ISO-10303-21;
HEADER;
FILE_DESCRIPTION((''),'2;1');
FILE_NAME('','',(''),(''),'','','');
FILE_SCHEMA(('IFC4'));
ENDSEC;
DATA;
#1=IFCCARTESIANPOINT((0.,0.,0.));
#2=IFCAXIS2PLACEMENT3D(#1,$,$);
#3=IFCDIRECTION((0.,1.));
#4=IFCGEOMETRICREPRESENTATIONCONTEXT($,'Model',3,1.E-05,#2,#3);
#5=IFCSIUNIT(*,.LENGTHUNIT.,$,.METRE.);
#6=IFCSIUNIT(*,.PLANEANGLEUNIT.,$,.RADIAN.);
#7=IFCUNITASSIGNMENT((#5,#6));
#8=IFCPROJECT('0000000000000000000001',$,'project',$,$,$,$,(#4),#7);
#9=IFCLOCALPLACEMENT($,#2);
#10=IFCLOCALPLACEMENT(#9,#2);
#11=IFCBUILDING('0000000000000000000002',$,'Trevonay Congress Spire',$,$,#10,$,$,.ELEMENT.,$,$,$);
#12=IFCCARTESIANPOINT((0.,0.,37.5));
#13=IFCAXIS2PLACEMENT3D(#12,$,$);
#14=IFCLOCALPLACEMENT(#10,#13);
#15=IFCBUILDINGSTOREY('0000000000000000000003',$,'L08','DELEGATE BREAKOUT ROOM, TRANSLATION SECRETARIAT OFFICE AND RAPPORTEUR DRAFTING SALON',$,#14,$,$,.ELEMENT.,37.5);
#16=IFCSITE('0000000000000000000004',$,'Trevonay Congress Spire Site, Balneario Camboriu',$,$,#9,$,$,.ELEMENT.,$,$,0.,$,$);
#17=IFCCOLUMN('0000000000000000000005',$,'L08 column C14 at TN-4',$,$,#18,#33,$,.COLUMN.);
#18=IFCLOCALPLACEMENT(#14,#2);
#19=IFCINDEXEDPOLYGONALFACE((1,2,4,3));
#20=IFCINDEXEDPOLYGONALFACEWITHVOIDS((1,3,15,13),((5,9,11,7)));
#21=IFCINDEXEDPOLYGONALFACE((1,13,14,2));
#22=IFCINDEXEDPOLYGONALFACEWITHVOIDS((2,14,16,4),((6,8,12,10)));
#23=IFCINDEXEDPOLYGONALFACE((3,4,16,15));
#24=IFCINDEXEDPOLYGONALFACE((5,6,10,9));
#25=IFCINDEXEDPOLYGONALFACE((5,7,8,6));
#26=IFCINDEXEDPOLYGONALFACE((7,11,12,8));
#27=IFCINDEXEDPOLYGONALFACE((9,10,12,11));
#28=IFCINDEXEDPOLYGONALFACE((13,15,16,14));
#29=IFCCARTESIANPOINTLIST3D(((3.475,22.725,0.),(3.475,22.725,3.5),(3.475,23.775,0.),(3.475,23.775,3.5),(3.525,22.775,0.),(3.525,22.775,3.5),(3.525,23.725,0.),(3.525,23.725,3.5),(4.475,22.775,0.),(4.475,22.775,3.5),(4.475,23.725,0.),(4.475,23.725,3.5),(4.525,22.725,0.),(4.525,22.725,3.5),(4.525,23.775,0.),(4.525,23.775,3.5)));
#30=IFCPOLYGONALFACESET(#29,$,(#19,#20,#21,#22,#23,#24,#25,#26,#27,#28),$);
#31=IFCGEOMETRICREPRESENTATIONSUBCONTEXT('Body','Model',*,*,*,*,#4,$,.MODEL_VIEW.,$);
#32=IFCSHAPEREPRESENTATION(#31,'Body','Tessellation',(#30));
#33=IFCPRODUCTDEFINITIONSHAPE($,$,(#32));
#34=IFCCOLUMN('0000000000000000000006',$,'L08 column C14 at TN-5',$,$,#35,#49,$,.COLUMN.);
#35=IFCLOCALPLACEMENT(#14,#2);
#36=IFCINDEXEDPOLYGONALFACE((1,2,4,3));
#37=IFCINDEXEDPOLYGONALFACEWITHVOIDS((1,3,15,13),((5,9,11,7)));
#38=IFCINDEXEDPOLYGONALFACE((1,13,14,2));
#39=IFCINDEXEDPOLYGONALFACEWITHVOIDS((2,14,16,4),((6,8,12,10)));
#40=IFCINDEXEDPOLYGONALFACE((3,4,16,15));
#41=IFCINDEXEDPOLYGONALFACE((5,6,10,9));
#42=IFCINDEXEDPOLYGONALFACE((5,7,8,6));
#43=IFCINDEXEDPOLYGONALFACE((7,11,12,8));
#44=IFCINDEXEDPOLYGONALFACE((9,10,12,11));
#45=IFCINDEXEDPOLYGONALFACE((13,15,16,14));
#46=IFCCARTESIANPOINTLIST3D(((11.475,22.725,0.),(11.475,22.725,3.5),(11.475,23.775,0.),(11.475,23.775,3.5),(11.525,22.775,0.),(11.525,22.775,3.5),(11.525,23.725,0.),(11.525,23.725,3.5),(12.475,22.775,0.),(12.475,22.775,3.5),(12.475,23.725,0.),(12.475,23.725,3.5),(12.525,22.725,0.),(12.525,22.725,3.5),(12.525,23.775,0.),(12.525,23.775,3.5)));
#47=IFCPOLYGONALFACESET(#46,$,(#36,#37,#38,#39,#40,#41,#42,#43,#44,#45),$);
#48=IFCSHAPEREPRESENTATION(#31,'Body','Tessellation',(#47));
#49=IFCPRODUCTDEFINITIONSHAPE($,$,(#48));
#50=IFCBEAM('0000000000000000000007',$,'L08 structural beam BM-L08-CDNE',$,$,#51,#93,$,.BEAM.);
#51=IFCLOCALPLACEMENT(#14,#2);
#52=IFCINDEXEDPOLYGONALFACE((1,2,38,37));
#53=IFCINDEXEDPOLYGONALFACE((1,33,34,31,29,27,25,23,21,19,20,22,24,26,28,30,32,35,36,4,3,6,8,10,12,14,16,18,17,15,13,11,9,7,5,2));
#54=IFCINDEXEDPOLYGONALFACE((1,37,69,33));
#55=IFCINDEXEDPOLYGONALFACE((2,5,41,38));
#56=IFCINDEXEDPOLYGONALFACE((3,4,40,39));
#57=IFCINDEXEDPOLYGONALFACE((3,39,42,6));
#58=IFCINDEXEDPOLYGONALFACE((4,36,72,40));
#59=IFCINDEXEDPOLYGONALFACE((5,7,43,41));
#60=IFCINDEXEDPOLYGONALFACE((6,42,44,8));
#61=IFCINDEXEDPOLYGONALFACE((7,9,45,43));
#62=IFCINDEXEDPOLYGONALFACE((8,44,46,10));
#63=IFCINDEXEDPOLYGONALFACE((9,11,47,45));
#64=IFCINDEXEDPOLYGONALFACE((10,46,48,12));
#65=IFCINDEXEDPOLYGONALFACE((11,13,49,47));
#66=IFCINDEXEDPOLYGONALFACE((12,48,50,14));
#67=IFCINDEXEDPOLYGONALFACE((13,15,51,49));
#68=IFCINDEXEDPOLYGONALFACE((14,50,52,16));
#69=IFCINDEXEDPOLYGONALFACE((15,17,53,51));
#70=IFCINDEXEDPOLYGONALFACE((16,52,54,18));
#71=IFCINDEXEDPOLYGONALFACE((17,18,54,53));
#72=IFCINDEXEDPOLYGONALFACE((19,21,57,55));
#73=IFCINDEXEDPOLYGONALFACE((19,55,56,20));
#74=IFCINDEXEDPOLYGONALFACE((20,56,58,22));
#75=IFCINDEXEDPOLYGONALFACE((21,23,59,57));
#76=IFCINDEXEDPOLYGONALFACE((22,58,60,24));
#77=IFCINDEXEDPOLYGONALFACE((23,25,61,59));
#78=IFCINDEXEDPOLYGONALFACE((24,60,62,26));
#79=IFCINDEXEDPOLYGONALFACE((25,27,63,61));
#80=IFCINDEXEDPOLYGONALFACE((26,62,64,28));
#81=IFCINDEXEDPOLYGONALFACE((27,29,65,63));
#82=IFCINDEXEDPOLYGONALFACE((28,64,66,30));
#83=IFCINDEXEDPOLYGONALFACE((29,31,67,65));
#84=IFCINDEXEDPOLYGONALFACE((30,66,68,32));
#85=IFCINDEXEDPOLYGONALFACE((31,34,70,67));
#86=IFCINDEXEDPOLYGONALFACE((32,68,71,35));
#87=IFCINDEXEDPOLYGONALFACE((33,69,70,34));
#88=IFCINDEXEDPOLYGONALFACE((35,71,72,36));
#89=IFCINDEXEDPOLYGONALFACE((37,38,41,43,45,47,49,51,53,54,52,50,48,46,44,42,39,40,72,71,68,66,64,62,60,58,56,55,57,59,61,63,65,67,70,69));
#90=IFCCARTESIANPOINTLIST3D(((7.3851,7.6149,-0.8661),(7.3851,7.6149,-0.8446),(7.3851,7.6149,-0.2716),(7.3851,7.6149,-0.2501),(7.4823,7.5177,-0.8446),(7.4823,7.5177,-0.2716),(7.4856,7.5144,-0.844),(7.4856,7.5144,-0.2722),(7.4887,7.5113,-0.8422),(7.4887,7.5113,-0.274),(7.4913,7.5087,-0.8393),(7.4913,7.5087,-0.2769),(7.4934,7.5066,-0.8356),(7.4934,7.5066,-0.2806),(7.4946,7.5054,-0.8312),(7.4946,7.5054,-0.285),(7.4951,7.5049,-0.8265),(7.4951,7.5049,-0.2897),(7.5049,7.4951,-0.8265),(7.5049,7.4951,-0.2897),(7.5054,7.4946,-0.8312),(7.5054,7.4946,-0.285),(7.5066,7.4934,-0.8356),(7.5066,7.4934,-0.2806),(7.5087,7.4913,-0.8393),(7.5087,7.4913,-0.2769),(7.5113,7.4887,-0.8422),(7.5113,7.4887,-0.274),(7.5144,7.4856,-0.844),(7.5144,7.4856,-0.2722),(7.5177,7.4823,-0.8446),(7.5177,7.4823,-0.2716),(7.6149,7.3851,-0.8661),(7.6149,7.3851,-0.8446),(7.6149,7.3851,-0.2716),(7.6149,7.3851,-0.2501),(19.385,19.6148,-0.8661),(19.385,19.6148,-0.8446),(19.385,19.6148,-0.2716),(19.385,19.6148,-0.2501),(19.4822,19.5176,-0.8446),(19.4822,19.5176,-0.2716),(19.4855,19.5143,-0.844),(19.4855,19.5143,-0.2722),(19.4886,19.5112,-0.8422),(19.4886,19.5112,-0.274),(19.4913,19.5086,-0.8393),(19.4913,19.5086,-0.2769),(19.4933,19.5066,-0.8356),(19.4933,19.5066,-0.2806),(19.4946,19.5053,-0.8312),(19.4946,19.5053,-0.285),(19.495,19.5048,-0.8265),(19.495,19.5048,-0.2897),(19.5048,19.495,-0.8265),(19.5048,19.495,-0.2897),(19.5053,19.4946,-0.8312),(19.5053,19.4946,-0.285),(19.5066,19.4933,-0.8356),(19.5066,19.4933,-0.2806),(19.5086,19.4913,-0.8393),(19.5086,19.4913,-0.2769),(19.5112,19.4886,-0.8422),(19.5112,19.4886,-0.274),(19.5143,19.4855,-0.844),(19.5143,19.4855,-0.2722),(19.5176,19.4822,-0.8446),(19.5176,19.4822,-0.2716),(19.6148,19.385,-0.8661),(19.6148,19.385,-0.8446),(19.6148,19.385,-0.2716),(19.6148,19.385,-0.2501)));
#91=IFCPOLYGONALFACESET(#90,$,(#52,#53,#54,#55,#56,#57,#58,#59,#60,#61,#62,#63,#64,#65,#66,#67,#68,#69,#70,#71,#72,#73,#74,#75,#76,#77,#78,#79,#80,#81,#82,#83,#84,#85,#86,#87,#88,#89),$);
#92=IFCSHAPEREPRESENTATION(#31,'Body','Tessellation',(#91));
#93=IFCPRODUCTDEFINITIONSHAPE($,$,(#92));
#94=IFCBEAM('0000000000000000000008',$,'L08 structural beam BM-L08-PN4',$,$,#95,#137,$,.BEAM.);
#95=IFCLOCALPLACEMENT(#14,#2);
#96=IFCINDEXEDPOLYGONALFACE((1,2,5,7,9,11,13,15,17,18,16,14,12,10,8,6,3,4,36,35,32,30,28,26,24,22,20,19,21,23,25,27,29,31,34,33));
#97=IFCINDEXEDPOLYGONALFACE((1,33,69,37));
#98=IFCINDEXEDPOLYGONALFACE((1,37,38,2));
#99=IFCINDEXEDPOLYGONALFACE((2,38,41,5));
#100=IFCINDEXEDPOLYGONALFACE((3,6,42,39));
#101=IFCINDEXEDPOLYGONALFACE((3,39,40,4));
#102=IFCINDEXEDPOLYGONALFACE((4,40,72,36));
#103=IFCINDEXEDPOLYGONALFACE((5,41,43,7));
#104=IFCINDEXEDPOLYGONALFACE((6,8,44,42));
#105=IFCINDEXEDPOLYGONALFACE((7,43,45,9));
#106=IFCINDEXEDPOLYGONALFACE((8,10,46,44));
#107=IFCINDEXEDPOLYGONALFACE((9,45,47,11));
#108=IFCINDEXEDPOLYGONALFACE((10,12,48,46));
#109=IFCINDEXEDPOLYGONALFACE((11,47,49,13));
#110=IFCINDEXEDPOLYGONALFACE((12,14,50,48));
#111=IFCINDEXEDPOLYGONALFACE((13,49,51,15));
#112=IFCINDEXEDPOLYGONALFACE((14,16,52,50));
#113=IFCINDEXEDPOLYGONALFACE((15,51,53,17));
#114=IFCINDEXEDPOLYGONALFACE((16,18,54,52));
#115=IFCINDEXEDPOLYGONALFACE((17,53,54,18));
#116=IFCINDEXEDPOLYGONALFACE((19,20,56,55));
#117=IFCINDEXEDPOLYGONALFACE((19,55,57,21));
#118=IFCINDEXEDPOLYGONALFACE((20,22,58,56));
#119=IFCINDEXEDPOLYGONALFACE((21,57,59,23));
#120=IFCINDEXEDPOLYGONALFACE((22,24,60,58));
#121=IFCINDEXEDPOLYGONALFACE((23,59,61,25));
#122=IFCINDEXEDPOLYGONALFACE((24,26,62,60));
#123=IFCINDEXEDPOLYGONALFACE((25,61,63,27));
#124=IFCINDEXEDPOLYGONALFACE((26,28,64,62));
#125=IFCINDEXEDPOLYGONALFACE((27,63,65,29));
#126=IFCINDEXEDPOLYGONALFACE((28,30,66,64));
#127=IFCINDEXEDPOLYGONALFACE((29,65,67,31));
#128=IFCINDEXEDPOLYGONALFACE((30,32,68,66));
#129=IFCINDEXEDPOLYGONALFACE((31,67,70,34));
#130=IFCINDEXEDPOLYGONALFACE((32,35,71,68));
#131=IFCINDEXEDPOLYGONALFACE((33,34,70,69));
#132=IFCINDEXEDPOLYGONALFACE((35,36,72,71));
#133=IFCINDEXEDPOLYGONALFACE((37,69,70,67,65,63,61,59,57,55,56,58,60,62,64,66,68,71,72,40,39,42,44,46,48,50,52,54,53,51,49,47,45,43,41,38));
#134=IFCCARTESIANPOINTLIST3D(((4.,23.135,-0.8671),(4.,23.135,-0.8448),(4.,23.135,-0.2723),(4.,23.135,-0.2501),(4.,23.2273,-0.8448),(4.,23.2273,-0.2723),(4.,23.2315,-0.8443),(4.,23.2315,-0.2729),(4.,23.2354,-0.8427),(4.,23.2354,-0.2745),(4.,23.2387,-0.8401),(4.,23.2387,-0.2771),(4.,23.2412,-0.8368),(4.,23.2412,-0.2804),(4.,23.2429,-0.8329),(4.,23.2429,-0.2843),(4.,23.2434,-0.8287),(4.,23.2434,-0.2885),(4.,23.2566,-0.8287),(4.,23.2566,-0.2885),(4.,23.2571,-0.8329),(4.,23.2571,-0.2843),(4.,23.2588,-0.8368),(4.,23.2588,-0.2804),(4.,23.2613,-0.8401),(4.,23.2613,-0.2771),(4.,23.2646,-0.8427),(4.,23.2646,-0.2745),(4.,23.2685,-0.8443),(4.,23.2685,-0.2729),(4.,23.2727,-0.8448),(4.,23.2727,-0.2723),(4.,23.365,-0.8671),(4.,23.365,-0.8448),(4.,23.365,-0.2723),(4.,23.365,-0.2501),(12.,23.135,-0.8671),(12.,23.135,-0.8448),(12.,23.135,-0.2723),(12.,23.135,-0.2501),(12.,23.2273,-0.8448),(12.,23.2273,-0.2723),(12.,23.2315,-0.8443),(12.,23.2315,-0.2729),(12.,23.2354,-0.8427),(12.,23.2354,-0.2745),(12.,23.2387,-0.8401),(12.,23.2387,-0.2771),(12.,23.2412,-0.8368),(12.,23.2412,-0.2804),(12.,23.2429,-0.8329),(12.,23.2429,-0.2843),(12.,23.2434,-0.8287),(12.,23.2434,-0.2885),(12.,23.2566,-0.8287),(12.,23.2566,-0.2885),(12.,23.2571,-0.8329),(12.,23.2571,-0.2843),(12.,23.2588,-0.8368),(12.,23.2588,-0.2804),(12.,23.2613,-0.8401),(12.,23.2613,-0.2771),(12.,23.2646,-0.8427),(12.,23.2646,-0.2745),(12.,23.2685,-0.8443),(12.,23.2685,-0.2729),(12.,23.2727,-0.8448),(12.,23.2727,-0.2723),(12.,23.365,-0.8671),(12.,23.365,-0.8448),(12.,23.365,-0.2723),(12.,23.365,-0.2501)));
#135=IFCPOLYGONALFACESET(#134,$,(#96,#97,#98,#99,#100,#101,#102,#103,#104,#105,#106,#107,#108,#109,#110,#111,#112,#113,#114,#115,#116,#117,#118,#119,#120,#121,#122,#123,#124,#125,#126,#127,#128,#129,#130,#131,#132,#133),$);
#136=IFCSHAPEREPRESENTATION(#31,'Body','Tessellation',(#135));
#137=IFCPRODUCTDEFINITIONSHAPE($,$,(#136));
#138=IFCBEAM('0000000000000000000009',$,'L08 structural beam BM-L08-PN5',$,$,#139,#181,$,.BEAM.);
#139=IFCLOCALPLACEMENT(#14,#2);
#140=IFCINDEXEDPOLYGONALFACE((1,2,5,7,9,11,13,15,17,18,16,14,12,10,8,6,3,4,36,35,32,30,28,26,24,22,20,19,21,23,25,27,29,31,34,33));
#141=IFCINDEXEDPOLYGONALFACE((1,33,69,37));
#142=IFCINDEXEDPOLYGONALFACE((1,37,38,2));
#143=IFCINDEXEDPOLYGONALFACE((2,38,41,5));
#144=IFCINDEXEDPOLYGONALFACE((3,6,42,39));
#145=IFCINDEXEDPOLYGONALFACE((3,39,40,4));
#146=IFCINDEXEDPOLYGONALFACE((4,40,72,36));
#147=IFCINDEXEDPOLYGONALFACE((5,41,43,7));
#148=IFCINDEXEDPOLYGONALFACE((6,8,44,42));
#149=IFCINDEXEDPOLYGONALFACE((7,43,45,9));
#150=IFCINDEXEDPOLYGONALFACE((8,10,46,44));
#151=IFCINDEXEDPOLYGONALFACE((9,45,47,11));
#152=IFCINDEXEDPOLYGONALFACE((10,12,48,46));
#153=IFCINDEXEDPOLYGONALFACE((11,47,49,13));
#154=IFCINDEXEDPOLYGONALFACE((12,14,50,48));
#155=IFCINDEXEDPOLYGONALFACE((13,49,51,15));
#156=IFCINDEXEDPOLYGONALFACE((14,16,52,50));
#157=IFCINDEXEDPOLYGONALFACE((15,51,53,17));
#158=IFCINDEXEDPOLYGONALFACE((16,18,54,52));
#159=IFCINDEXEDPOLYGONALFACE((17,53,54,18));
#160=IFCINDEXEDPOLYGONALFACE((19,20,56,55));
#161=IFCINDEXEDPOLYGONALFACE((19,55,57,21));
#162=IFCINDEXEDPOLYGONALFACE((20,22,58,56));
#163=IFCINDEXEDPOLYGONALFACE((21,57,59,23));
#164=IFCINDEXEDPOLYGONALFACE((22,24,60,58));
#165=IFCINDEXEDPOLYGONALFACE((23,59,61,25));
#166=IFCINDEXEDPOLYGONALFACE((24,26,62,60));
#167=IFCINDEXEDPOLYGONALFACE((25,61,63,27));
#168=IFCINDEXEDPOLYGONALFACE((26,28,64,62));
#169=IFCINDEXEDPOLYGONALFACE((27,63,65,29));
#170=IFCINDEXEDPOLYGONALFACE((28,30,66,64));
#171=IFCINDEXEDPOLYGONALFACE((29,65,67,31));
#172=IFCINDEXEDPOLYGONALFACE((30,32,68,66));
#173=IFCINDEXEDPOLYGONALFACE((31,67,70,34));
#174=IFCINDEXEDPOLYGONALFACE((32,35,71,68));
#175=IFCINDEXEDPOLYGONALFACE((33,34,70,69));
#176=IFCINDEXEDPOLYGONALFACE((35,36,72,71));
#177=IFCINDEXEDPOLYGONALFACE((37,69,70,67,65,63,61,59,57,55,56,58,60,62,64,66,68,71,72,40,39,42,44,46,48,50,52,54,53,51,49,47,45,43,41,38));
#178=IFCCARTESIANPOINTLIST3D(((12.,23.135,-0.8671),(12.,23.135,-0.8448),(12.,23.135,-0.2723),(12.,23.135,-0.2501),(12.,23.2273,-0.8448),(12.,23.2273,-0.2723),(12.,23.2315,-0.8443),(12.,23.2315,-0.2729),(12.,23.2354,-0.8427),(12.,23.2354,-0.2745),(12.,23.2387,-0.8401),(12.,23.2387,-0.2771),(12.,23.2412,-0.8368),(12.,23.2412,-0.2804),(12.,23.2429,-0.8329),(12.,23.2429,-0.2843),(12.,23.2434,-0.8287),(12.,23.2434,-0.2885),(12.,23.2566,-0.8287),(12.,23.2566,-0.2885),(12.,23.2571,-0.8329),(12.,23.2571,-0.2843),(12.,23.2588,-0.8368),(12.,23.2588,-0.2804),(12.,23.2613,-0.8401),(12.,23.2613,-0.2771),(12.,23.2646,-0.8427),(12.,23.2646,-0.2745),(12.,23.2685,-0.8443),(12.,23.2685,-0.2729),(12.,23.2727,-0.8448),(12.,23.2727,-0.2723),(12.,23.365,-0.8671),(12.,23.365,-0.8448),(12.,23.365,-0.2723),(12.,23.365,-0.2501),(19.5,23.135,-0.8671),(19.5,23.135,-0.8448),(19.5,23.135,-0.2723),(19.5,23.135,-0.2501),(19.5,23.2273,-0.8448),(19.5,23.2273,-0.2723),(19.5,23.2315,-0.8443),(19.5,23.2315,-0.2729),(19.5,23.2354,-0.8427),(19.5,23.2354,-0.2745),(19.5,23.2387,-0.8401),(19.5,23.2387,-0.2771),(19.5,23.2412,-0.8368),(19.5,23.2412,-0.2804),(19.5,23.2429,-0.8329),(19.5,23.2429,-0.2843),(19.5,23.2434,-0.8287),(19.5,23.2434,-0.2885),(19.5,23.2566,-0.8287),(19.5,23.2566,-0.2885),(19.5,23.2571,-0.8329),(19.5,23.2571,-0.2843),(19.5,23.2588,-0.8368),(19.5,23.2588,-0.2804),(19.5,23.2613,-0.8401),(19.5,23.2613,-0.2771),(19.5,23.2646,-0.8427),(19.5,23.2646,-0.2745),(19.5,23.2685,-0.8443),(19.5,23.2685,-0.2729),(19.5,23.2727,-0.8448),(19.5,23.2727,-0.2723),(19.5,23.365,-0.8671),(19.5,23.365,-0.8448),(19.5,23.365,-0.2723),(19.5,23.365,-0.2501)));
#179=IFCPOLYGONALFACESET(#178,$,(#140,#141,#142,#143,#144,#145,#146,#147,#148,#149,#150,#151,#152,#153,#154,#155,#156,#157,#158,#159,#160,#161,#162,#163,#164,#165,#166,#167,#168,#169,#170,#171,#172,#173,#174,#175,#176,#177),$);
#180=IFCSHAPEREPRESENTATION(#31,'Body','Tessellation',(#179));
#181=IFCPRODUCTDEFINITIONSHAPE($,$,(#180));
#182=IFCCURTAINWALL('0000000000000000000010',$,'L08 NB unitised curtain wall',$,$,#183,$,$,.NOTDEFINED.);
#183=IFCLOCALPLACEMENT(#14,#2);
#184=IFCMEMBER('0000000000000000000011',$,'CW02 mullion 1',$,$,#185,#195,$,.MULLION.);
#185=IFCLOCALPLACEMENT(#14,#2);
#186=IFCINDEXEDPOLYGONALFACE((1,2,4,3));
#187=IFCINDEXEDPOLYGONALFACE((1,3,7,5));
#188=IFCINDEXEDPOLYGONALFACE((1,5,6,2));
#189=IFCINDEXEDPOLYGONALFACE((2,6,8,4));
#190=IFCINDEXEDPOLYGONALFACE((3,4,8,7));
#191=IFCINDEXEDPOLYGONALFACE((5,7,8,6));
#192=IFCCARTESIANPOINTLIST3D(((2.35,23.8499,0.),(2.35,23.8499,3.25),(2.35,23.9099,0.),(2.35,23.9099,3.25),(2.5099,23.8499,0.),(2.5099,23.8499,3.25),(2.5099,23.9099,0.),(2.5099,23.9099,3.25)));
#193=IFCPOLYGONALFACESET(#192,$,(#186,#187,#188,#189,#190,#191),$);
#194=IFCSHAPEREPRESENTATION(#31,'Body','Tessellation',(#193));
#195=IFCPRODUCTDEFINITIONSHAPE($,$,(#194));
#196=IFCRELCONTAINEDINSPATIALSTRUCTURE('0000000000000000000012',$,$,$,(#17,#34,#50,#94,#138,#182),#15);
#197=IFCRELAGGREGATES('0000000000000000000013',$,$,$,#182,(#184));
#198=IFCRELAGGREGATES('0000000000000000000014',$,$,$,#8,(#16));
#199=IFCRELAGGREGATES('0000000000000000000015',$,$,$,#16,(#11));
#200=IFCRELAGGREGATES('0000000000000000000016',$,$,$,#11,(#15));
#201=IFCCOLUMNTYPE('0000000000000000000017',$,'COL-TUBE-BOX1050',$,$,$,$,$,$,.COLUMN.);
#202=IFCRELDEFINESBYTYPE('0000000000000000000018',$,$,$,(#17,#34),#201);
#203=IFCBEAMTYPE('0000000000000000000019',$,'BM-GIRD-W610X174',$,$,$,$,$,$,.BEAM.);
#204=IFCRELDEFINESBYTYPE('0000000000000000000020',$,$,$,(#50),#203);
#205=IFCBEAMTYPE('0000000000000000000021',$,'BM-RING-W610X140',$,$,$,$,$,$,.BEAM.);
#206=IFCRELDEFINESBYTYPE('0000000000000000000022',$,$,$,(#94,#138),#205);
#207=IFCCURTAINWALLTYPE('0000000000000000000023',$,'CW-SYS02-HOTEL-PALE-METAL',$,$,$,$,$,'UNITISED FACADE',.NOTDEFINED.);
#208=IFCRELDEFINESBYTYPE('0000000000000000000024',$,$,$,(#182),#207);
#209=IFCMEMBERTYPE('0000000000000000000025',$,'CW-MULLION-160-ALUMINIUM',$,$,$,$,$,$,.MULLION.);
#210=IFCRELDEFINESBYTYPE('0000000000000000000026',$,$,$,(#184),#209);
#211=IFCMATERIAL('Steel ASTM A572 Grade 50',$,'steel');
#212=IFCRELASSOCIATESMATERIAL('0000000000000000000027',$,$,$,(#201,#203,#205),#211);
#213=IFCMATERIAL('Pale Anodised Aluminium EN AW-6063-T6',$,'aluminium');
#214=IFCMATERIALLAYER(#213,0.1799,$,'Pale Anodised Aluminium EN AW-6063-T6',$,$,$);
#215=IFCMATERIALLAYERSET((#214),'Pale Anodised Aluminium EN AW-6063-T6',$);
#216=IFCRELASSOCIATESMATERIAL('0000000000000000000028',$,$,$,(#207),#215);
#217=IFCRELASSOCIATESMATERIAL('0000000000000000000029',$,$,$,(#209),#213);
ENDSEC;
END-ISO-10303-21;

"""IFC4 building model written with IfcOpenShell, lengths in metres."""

from ifc_helpers import new_model, si_unit, direction, frame, origin, origin_2d, place, context, subcontext, project, spatial, rectangle, hollow_rectangle, i_section, extrude, material, layer, layer_set, material_profile, profile_set, type_object, element, aggregate, save


model = new_model("IFC4")

# Units and contexts
model_context = context("Model", 3, precision=1e-05, world=origin(), true_north=direction((0.0, 1.0)))
body_context = subcontext(model_context, "Body", "Model", "MODEL_VIEW")
ifc_project = project(units=[si_unit("LENGTHUNIT", "METRE"), si_unit("PLANEANGLEUNIT", "RADIAN")], contexts=[model_context])

# Site, building, storey
site_placement = place(None, origin())
site = spatial("IfcSite", under=ifc_project, at=site_placement, Name="Trevonay Congress Spire Site, Balneario Camboriu", CompositionType="ELEMENT", RefElevation=0.0)
building_placement = place(site_placement, origin())
building = spatial("IfcBuilding", under=site, at=building_placement, Name="Trevonay Congress Spire", CompositionType="ELEMENT")
storey_placement = place(building_placement, frame((0.0, 0.0, 37.5)))
storey = spatial("IfcBuildingStorey", under=building, at=storey_placement, Name="L08", Description="DELEGATE BREAKOUT ROOM, TRANSLATION SECRETARIAT OFFICE AND RAPPORTEUR DRAFTING SALON", CompositionType="ELEMENT", Elevation=37.5)

# Columns
ifc_material_1 = material(Name="Steel ASTM A572 Grade 50", Category="steel")
ifc_material_profile_1 = material_profile(ifc_material_1, hollow_rectangle(XDim=1.05, YDim=1.05, WallThickness=0.05, at=origin_2d()), Name="BOX 1050x1050x50")
ifc_profile_set_1 = profile_set([ifc_material_profile_1], Name="Steel ASTM A572 Grade 50")
column_type = type_object("IfcColumnType", Name="COL-TUBE-BOX1050", PredefinedType="COLUMN", material=ifc_profile_set_1)
for number, where, z_axis, x_axis, name in (
    (1, (4.0, 23.25, 0.0), (0.0, 0.0, 1.0), (1.0, 0.0, 0.0), "L08 column C14 at TN-4"),
    (2, (12.0, 23.25, 0.0), (0.0, 0.0, 1.0), (1.0, 0.0, 0.0), "L08 column C14 at TN-5"),
):
    element("IfcColumn", number, at=place(storey_placement, frame(where, z_axis=z_axis, x_axis=x_axis)), inside=storey, type_object=column_type, Name=name, PredefinedType="COLUMN", context=body_context, shape_type="SweptSolid", body=[
        extrude(hollow_rectangle(XDim=1.05, YDim=1.05, WallThickness=0.05, at=origin_2d()), origin(), (0.0, 0.0, 1.0), 3.5),
    ])

# Beams
ifc_material_profile_2 = material_profile(ifc_material_1, i_section(OverallWidth=0.325, OverallDepth=0.616, WebThickness=0.0139, FlangeThickness=0.0215, FilletRadius=0.0181, at=origin_2d()), Name="W610x174")
ifc_profile_set_2 = profile_set([ifc_material_profile_2], Name="Steel ASTM A572 Grade 50")
beam_type_1 = type_object("IfcBeamType", Name="BM-GIRD-W610X174", PredefinedType="BEAM", material=ifc_profile_set_2)
beam_1_placement = place(storey_placement, frame((7.5, 7.5, -0.5581), z_axis=(0.707107, 0.707107, 0.0), x_axis=(-0.707107, 0.707107, 0.0)))
element("IfcBeam", 3, at=beam_1_placement, inside=storey, type_object=beam_type_1, Name="L08 structural beam BM-L08-CDNE", PredefinedType="BEAM", context=body_context, shape_type="SweptSolid", body=[
    extrude(i_section(OverallWidth=0.325, OverallDepth=0.616, WebThickness=0.0139, FlangeThickness=0.0215, FilletRadius=0.0181, at=origin_2d()), origin(), (0.0, 0.0, 1.0), 16.9705),
])
ifc_material_profile_3 = material_profile(ifc_material_1, i_section(OverallWidth=0.23, OverallDepth=0.6169, WebThickness=0.0132, FlangeThickness=0.0222, FilletRadius=0.0161, at=origin_2d()), Name="W610x140")
ifc_profile_set_3 = profile_set([ifc_material_profile_3], Name="Steel ASTM A572 Grade 50")
beam_type_2 = type_object("IfcBeamType", Name="BM-RING-W610X140", PredefinedType="BEAM", material=ifc_profile_set_3)
beam_2_placement = place(storey_placement, frame((4.0, 23.25, -0.5586), z_axis=(1.0, 0.0, 0.0), x_axis=(0.0, 1.0, 0.0)))
element("IfcBeam", 4, at=beam_2_placement, inside=storey, type_object=beam_type_2, Name="L08 structural beam BM-L08-PN4", PredefinedType="BEAM", context=body_context, shape_type="SweptSolid", body=[
    extrude(i_section(OverallWidth=0.23, OverallDepth=0.6169, WebThickness=0.0132, FlangeThickness=0.0222, FilletRadius=0.0161, at=origin_2d()), origin(), (0.0, 0.0, 1.0), 8.0),
])
beam_3_placement = place(storey_placement, frame((12.0, 23.25, -0.5586), z_axis=(1.0, 0.0, 0.0), x_axis=(0.0, 1.0, 0.0)))
element("IfcBeam", 5, at=beam_3_placement, inside=storey, type_object=beam_type_2, Name="L08 structural beam BM-L08-PN5", PredefinedType="BEAM", context=body_context, shape_type="SweptSolid", body=[
    extrude(i_section(OverallWidth=0.23, OverallDepth=0.6169, WebThickness=0.0132, FlangeThickness=0.0222, FilletRadius=0.0161, at=origin_2d()), origin(), (0.0, 0.0, 1.0), 7.5),
])

# Curtain wall, member
ifc_material_2 = material(Name="Pale Anodised Aluminium EN AW-6063-T6", Category="aluminium")
ifc_layer_1 = layer(ifc_material_2, 0.1799, Name="Pale Anodised Aluminium EN AW-6063-T6")
ifc_layer_set_1 = layer_set([ifc_layer_1], Name="Pale Anodised Aluminium EN AW-6063-T6")
curtain_wall_type = type_object("IfcCurtainWallType", Name="CW-SYS02-HOTEL-PALE-METAL", ElementType="UNITISED FACADE", PredefinedType="NOTDEFINED", material=ifc_layer_set_1)
curtain_wall_placement = place(storey_placement, origin())
curtain_wall = element("IfcCurtainWall", 6, at=curtain_wall_placement, inside=storey, type_object=curtain_wall_type, Name="L08 NB unitised curtain wall", PredefinedType="NOTDEFINED")
ifc_material_profile_4 = material_profile(ifc_material_2, rectangle(XDim=0.0601, YDim=0.1599, at=origin_2d()), Name="CW-MULLION-160-ALUMINIUM")
ifc_profile_set_4 = profile_set([ifc_material_profile_4], Name="Pale Anodised Aluminium EN AW-6063-T6")
member_type_1 = type_object("IfcMemberType", Name="CW-MULLION-160-ALUMINIUM", PredefinedType="MULLION", material=ifc_profile_set_4)
member_1_placement = place(storey_placement, frame((2.4299, 23.8799, 0.0), z_axis=(0.0, 0.0, 1.0), x_axis=(0.0, 1.0, 0.0)))
member_1 = element("IfcMember", 7, at=member_1_placement, type_object=member_type_1, Name="CW02 mullion 1", PredefinedType="MULLION", context=body_context, shape_type="SweptSolid", body=[
    extrude(rectangle(XDim=0.0601, YDim=0.1599, at=origin_2d()), origin(), (0.0, 0.0, 1.0), 3.25),
])
aggregate(curtain_wall, [member_1])

save(model, "model.ifc")
